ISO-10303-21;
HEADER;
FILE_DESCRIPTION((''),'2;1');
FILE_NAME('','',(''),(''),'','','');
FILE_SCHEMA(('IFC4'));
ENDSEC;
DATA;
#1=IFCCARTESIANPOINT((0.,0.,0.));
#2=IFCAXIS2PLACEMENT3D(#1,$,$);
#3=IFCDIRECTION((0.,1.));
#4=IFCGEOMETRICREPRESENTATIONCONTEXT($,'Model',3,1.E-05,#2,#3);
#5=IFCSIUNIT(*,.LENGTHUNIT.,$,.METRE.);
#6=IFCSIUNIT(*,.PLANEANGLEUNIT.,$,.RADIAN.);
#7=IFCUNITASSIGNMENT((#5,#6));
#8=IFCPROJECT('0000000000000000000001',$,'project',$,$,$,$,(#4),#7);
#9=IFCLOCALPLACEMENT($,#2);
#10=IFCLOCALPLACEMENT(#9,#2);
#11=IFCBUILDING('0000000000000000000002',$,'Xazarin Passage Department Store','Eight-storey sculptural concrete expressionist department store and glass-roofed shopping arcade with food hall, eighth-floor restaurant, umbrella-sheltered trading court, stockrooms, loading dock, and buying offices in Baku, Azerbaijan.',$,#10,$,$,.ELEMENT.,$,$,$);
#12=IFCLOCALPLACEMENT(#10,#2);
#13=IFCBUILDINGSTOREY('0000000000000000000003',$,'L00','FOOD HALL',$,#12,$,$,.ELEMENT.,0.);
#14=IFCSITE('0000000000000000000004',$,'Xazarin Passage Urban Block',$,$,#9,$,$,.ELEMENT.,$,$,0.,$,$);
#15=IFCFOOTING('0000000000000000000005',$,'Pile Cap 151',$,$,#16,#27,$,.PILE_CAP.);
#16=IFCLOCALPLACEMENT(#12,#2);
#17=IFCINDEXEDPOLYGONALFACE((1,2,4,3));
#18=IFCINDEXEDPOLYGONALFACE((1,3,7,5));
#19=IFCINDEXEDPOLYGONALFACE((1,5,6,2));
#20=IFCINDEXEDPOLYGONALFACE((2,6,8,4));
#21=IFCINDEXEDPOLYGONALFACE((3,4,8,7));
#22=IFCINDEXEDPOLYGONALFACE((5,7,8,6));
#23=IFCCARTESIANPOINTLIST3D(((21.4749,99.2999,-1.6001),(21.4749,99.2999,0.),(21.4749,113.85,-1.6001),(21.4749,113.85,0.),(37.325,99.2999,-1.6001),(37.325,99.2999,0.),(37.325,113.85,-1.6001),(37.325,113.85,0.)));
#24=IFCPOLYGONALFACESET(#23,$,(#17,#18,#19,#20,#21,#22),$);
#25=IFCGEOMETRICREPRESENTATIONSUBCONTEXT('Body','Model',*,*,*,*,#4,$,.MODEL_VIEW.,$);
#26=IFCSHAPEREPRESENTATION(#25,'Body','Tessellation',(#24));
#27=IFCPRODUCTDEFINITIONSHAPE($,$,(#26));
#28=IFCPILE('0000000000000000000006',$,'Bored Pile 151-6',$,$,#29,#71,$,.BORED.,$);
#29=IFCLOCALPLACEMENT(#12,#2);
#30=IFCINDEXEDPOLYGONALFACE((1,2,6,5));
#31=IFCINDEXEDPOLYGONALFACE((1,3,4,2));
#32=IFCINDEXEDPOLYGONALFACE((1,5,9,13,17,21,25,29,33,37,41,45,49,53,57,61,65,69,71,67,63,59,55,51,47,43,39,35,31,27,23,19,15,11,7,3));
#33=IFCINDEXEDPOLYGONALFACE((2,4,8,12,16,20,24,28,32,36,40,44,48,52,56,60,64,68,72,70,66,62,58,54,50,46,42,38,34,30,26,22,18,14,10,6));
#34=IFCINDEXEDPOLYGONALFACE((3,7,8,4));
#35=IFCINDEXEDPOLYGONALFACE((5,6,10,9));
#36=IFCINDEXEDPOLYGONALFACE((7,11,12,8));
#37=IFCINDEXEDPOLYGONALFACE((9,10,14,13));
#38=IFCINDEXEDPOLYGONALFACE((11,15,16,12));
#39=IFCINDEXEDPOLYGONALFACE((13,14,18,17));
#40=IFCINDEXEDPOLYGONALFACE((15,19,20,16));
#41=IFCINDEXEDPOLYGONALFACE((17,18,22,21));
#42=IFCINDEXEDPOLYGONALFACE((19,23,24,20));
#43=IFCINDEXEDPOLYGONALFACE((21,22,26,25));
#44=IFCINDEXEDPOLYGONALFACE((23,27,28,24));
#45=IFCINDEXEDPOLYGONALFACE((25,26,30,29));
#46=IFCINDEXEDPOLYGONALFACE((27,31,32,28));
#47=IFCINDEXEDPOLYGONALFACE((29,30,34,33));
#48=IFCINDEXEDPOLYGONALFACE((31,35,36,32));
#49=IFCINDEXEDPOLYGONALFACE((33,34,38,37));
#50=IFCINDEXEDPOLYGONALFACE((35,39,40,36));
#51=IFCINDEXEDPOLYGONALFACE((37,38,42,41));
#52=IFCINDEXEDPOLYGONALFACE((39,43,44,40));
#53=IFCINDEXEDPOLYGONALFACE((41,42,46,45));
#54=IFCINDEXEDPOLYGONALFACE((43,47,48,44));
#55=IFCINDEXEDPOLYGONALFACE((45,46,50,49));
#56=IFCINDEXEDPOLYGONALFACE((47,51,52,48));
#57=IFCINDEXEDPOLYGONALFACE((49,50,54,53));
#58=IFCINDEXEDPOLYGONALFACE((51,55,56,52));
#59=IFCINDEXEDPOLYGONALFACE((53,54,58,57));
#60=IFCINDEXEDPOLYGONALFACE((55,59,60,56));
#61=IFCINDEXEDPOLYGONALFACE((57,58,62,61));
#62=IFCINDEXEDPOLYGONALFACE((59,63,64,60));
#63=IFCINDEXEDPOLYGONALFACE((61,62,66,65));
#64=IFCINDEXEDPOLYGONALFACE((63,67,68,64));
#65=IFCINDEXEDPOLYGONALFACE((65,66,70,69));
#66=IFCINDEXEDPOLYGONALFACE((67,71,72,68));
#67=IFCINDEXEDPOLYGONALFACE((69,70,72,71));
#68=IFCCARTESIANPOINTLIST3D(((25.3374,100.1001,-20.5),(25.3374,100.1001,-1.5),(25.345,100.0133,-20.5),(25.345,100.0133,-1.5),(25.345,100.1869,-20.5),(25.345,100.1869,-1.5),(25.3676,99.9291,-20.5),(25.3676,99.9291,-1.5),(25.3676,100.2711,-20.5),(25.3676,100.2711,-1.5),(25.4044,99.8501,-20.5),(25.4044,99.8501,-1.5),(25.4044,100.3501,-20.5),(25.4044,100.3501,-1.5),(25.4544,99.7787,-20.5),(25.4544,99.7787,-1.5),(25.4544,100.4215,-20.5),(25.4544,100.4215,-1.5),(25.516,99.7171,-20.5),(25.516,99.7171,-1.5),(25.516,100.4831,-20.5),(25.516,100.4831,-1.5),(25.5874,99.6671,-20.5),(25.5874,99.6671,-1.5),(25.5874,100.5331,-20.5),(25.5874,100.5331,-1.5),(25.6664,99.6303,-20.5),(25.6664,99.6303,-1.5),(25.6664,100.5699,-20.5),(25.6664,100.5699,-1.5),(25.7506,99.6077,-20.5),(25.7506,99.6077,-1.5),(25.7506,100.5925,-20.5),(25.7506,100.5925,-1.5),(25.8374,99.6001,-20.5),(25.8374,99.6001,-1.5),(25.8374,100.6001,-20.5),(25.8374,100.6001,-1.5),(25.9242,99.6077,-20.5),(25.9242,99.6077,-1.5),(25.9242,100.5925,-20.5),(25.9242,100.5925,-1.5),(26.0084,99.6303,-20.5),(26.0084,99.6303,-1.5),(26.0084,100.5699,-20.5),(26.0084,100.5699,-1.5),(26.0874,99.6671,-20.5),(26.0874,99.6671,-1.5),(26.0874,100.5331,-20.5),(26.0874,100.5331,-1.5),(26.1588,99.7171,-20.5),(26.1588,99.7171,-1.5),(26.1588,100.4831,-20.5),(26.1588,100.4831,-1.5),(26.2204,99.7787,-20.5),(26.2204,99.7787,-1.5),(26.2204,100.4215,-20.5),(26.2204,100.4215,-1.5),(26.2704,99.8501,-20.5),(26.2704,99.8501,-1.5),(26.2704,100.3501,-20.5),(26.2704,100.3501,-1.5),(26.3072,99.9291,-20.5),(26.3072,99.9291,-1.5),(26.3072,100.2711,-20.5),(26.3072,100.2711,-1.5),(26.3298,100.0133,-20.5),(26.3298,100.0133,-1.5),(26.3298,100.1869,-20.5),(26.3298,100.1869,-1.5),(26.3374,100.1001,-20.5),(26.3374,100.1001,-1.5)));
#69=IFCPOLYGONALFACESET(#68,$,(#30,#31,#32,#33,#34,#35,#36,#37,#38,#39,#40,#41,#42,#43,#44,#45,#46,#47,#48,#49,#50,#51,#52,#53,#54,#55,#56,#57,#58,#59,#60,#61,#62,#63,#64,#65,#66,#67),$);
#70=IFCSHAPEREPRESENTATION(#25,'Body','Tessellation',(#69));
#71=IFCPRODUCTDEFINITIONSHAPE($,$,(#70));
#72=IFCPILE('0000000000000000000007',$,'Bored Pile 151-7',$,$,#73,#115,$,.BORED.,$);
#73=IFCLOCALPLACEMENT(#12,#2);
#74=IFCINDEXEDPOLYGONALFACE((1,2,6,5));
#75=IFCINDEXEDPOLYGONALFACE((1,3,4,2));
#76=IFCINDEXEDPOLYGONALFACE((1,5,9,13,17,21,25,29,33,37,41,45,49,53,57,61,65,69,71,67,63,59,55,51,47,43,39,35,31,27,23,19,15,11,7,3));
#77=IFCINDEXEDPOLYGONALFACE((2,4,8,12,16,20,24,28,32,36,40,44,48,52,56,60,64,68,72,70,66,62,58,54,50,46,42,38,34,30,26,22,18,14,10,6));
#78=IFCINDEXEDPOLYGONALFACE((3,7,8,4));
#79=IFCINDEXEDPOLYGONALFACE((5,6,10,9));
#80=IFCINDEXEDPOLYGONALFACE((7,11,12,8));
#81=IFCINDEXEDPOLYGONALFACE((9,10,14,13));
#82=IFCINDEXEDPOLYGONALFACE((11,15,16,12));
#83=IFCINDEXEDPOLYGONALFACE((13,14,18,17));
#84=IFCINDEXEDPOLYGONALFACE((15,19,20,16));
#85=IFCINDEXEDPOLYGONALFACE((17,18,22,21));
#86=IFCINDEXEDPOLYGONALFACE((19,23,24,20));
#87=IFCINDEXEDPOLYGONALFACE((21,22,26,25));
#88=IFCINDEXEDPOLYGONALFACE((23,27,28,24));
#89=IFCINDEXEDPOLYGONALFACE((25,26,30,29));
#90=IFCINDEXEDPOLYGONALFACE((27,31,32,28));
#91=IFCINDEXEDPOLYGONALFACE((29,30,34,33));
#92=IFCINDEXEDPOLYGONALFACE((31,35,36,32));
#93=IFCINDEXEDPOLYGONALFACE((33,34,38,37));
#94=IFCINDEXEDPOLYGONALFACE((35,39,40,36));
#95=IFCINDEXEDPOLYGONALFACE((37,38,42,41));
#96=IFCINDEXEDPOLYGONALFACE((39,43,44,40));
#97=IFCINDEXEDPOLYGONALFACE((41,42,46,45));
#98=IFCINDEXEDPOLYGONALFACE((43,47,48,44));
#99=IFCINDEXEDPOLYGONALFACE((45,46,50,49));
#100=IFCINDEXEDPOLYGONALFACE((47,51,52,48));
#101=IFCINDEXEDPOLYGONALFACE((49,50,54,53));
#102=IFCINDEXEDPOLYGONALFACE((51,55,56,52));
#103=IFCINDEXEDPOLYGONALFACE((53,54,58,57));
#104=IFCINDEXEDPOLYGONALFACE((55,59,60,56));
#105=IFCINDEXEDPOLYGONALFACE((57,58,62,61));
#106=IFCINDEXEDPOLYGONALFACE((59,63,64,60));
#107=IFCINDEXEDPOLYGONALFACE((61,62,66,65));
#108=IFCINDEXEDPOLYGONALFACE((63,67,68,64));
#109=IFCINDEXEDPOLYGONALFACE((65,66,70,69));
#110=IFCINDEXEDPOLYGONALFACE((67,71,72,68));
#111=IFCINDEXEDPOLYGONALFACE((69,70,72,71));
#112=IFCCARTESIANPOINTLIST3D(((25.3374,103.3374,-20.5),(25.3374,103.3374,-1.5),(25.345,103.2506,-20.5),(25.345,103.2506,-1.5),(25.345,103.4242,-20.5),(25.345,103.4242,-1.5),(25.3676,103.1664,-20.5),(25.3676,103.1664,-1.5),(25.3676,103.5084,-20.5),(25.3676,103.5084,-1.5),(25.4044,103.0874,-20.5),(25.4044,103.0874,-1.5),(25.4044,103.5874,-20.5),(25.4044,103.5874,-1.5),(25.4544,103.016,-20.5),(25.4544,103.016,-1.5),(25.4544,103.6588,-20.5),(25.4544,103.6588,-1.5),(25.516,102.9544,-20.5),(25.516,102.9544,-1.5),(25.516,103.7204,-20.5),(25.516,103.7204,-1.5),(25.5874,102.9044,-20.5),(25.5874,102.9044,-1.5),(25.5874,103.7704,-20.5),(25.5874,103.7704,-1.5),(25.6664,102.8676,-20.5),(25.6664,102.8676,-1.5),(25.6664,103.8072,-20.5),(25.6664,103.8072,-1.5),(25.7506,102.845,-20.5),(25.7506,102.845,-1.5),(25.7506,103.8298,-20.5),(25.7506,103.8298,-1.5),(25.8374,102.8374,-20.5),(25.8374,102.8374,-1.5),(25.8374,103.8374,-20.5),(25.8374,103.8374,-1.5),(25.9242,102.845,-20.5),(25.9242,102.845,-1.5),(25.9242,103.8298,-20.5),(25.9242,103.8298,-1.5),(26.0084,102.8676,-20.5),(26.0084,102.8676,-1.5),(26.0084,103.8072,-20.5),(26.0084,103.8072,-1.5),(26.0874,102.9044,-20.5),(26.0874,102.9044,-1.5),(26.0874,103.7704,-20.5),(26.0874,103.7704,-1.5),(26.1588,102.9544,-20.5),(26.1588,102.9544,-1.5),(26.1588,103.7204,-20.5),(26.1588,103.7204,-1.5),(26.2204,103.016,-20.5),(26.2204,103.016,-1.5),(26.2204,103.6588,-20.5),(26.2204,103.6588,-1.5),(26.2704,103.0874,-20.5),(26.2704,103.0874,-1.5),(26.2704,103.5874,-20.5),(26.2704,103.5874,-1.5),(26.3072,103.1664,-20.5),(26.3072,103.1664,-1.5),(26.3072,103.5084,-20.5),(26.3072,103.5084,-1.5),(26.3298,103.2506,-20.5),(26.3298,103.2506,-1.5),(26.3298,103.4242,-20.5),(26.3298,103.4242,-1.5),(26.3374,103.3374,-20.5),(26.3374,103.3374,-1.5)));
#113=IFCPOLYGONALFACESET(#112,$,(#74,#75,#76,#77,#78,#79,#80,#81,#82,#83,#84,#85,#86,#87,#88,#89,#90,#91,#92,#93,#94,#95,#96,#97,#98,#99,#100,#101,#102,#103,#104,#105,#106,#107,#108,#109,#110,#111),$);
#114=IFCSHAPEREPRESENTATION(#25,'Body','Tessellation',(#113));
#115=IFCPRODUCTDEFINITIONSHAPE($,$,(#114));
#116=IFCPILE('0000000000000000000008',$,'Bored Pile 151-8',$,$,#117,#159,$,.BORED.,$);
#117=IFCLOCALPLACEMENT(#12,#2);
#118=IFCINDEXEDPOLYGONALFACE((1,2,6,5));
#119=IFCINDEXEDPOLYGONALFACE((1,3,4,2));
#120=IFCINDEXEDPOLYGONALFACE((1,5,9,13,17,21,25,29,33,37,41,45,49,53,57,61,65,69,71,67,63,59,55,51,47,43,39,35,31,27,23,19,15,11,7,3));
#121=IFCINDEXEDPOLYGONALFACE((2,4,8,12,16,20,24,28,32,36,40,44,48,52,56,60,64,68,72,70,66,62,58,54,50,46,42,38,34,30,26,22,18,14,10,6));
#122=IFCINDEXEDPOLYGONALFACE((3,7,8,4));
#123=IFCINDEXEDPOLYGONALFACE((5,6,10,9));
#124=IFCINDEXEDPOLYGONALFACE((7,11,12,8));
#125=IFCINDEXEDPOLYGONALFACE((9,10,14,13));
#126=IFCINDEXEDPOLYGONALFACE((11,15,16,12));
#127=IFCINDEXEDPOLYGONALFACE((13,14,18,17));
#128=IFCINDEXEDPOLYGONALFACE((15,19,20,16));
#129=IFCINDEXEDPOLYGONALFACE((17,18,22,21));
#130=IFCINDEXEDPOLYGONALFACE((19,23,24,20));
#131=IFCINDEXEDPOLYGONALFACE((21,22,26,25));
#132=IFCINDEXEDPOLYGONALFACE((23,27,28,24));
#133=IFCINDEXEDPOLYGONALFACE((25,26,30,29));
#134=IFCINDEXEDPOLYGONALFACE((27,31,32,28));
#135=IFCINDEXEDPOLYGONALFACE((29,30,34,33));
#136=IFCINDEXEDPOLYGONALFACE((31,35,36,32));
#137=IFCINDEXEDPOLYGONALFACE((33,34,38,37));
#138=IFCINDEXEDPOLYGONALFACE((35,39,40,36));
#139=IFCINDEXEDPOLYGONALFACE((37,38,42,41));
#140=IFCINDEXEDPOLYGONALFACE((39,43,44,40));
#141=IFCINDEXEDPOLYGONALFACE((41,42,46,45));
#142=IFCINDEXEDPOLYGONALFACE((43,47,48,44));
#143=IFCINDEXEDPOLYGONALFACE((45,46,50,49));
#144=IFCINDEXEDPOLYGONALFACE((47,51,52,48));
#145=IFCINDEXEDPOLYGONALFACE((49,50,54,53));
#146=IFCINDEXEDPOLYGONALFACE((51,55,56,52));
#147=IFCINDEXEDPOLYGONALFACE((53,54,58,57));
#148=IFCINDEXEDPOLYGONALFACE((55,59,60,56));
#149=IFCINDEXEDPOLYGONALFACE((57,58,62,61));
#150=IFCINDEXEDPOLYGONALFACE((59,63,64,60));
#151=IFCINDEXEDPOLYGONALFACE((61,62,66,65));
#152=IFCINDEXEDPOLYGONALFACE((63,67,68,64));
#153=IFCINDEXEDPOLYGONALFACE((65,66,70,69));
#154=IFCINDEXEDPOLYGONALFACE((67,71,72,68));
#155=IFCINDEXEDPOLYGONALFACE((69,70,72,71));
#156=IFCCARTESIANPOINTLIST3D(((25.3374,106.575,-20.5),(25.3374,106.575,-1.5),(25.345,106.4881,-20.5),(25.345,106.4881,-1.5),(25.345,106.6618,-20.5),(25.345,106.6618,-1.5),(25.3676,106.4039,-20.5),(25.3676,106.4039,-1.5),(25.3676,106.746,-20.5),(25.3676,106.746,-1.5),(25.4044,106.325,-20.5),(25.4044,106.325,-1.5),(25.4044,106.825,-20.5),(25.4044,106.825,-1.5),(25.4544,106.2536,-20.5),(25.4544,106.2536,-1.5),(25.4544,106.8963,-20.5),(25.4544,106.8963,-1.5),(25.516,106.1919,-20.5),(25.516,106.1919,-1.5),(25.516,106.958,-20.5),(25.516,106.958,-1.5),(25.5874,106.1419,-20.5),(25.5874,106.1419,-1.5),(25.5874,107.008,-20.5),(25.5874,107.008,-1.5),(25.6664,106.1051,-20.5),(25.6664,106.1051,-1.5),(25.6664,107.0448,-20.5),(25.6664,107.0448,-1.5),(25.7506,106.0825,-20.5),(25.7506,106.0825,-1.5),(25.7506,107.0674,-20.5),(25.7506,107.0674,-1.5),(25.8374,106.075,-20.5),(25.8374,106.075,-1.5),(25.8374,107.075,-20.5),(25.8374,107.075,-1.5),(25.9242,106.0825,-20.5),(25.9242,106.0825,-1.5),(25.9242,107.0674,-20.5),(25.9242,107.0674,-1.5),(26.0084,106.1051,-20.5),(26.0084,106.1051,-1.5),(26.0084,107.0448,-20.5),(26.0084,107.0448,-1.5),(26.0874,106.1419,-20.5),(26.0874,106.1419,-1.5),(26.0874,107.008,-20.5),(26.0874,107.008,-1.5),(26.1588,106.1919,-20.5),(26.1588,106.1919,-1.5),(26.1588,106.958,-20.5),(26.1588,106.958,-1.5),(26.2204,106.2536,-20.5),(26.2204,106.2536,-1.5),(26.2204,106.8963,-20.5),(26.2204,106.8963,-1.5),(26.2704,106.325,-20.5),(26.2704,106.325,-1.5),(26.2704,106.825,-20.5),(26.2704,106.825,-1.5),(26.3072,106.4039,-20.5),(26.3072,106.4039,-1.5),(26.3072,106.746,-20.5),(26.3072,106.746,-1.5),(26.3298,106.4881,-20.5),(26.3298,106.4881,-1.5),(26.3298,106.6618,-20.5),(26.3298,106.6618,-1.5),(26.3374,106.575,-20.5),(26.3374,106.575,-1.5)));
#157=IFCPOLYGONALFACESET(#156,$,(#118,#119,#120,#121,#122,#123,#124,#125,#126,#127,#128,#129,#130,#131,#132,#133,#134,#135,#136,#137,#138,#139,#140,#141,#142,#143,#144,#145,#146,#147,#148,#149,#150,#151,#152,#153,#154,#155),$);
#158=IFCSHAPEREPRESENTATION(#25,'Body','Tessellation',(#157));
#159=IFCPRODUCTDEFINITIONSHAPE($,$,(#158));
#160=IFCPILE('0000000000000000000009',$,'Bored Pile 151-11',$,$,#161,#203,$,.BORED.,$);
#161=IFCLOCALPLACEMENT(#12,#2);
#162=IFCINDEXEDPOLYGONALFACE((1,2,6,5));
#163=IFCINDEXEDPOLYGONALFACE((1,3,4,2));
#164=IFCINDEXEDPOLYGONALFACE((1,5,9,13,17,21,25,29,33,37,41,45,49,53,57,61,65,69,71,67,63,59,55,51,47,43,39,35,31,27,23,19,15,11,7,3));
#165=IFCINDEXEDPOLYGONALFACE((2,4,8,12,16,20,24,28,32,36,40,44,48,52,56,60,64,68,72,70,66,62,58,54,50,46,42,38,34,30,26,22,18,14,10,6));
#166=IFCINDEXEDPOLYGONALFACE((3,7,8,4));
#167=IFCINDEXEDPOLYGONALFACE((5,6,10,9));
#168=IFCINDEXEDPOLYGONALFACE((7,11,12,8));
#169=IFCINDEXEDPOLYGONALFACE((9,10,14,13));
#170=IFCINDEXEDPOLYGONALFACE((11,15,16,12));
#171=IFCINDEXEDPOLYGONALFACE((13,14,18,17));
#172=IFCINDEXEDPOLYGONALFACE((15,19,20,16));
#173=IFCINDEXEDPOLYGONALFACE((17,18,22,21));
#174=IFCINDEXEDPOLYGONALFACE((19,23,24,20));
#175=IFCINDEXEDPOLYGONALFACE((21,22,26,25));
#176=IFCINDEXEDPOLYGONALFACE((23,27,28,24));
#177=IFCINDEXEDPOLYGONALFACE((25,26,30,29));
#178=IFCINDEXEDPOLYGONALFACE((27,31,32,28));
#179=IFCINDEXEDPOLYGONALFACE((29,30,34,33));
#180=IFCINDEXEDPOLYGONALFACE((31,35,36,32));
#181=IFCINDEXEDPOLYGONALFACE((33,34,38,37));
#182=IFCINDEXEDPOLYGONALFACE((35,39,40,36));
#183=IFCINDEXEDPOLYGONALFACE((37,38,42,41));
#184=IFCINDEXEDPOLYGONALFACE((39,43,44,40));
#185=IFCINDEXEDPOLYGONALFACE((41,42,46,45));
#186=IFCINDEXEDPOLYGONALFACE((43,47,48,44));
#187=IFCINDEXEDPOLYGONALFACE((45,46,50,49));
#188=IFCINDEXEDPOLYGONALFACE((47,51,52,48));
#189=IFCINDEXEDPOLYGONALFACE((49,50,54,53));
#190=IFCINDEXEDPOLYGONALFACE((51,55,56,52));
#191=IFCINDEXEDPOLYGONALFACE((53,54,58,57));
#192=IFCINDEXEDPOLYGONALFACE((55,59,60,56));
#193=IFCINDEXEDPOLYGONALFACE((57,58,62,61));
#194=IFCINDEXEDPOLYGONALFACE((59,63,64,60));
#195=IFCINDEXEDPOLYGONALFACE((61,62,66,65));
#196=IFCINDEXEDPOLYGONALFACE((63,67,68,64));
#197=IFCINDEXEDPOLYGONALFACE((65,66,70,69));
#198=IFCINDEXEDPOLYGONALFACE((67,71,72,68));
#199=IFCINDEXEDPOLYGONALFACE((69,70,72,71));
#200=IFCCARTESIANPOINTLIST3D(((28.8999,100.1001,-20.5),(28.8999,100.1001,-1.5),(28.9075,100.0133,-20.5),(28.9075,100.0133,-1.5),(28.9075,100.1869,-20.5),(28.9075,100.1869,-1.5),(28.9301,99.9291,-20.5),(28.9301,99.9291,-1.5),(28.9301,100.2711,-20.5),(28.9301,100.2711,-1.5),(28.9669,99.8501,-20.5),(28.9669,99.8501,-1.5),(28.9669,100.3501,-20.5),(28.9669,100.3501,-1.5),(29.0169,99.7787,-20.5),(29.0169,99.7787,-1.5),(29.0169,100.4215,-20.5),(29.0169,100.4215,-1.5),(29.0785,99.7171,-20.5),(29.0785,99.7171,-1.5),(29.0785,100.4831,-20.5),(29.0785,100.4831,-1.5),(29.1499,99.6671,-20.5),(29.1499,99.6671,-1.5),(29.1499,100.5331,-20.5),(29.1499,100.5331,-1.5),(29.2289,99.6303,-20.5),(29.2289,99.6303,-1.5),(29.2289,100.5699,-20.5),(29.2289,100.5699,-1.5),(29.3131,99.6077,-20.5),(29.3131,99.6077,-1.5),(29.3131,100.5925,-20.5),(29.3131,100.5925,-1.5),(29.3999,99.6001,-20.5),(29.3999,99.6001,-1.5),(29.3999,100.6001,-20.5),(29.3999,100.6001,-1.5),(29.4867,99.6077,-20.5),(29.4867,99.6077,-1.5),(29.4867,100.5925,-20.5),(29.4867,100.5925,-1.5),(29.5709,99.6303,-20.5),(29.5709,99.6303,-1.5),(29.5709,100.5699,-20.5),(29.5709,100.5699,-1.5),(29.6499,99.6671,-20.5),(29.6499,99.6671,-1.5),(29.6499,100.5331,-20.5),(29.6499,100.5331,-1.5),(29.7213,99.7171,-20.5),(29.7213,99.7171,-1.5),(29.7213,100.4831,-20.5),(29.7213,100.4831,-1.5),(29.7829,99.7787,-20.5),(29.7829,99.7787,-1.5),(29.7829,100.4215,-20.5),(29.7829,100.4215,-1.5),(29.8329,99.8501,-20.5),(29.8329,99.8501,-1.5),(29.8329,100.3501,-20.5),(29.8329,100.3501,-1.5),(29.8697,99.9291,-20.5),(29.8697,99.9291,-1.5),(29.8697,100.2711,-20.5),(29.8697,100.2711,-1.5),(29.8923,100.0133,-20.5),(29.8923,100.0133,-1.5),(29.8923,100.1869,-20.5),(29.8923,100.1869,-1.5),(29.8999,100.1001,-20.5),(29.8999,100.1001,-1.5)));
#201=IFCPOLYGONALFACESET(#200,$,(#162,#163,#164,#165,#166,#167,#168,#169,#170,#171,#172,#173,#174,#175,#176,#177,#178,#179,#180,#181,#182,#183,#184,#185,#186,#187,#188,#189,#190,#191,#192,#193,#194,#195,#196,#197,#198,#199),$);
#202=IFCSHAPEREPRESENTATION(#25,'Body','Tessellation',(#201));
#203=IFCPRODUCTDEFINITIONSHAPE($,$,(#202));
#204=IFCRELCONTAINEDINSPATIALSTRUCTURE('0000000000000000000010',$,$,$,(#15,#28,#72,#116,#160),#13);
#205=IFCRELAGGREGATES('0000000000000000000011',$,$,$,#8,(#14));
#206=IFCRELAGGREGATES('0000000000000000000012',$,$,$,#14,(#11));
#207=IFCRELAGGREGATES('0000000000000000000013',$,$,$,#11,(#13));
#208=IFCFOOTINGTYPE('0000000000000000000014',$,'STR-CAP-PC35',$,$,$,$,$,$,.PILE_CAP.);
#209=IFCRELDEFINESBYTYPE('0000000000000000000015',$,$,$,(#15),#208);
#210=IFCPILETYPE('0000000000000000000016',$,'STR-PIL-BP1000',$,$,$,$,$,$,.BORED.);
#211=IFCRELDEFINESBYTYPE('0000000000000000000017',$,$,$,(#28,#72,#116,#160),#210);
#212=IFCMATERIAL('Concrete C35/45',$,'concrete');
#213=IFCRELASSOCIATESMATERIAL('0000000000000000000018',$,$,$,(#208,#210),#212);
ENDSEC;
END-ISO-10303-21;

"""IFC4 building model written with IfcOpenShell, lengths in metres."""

from ifc_helpers import new_model, si_unit, direction, frame, origin, origin_2d, place, context, subcontext, project, spatial, rectangle, circle, extrude, material, material_profile, profile_set, type_object, element, save


model = new_model("IFC4")

# Units and contexts
model_context = context("Model", 3, precision=1e-05, world=origin(), true_north=direction((0.0, 1.0)))
body_context = subcontext(model_context, "Body", "Model", "MODEL_VIEW")
ifc_project = project(units=[si_unit("LENGTHUNIT", "METRE"), si_unit("PLANEANGLEUNIT", "RADIAN")], contexts=[model_context])

# Site, building, storey
site_placement = place(None, origin())
site = spatial("IfcSite", under=ifc_project, at=site_placement, Name="Xazarin Passage Urban Block", CompositionType="ELEMENT", RefElevation=0.0)
building_placement = place(site_placement, origin())
building = spatial("IfcBuilding", under=site, at=building_placement, Name="Xazarin Passage Department Store", Description="Eight-storey sculptural concrete expressionist department store and glass-roofed shopping arcade with food hall, eighth-floor restaurant, umbrella-sheltered trading court, stockrooms, loading dock, and buying offices in Baku, Azerbaijan.", CompositionType="ELEMENT")
storey_placement = place(building_placement, origin())
storey = spatial("IfcBuildingStorey", under=building, at=storey_placement, Name="L00", Description="FOOD HALL", CompositionType="ELEMENT", Elevation=0.0)

# Footing
ifc_material_1 = material(Name="Concrete C35/45", Category="concrete")
footing_type = type_object("IfcFootingType", Name="STR-CAP-PC35", PredefinedType="PILE_CAP", material=ifc_material_1)
footing_placement = place(storey_placement, frame((29.3999, 106.575, -1.6001), z_axis=(0.0, 0.0, 1.0), x_axis=(1.0, 0.0, 0.0)))
element("IfcFooting", 1, at=footing_placement, inside=storey, type_object=footing_type, Name="Pile Cap 151", PredefinedType="PILE_CAP", context=body_context, shape_type="SweptSolid", body=[
    extrude(rectangle(XDim=15.8501, YDim=14.55, at=origin_2d()), origin(), (0.0, 0.0, 1.0), 1.6001),
])

# Piles
ifc_material_profile_1 = material_profile(ifc_material_1, circle(Radius=0.5, at=origin_2d()), Name="BP 1000")
ifc_profile_set_1 = profile_set([ifc_material_profile_1], Name="Concrete C35/45")
pile_type_1 = type_object("IfcPileType", Name="STR-PIL-BP1000", PredefinedType="BORED", material=ifc_profile_set_1)
for number, where, z_axis, x_axis, name in (
    (2, (25.8374, 100.1001, -1.5), (0.0, 0.0, -1.0), (1.0, 0.0, 0.0), "Bored Pile 151-6"),
    (3, (25.8374, 103.3374, -1.5), (0.0, 0.0, -1.0), (1.0, 0.0, 0.0), "Bored Pile 151-7"),
    (4, (25.8374, 106.575, -1.5), (0.0, 0.0, -1.0), (1.0, 0.0, 0.0), "Bored Pile 151-8"),
    (5, (29.3999, 100.1001, -1.5), (0.0, 0.0, -1.0), (1.0, 0.0, 0.0), "Bored Pile 151-11"),
):
    element("IfcPile", number, at=place(storey_placement, frame(where, z_axis=z_axis, x_axis=x_axis)), inside=storey, type_object=pile_type_1, Name=name, PredefinedType="BORED", context=body_context, shape_type="SweptSolid", body=[
        extrude(circle(Radius=0.5, at=origin_2d()), origin(), (0.0, 0.0, 1.0), 19.0),
    ])

save(model, "model.ifc")
